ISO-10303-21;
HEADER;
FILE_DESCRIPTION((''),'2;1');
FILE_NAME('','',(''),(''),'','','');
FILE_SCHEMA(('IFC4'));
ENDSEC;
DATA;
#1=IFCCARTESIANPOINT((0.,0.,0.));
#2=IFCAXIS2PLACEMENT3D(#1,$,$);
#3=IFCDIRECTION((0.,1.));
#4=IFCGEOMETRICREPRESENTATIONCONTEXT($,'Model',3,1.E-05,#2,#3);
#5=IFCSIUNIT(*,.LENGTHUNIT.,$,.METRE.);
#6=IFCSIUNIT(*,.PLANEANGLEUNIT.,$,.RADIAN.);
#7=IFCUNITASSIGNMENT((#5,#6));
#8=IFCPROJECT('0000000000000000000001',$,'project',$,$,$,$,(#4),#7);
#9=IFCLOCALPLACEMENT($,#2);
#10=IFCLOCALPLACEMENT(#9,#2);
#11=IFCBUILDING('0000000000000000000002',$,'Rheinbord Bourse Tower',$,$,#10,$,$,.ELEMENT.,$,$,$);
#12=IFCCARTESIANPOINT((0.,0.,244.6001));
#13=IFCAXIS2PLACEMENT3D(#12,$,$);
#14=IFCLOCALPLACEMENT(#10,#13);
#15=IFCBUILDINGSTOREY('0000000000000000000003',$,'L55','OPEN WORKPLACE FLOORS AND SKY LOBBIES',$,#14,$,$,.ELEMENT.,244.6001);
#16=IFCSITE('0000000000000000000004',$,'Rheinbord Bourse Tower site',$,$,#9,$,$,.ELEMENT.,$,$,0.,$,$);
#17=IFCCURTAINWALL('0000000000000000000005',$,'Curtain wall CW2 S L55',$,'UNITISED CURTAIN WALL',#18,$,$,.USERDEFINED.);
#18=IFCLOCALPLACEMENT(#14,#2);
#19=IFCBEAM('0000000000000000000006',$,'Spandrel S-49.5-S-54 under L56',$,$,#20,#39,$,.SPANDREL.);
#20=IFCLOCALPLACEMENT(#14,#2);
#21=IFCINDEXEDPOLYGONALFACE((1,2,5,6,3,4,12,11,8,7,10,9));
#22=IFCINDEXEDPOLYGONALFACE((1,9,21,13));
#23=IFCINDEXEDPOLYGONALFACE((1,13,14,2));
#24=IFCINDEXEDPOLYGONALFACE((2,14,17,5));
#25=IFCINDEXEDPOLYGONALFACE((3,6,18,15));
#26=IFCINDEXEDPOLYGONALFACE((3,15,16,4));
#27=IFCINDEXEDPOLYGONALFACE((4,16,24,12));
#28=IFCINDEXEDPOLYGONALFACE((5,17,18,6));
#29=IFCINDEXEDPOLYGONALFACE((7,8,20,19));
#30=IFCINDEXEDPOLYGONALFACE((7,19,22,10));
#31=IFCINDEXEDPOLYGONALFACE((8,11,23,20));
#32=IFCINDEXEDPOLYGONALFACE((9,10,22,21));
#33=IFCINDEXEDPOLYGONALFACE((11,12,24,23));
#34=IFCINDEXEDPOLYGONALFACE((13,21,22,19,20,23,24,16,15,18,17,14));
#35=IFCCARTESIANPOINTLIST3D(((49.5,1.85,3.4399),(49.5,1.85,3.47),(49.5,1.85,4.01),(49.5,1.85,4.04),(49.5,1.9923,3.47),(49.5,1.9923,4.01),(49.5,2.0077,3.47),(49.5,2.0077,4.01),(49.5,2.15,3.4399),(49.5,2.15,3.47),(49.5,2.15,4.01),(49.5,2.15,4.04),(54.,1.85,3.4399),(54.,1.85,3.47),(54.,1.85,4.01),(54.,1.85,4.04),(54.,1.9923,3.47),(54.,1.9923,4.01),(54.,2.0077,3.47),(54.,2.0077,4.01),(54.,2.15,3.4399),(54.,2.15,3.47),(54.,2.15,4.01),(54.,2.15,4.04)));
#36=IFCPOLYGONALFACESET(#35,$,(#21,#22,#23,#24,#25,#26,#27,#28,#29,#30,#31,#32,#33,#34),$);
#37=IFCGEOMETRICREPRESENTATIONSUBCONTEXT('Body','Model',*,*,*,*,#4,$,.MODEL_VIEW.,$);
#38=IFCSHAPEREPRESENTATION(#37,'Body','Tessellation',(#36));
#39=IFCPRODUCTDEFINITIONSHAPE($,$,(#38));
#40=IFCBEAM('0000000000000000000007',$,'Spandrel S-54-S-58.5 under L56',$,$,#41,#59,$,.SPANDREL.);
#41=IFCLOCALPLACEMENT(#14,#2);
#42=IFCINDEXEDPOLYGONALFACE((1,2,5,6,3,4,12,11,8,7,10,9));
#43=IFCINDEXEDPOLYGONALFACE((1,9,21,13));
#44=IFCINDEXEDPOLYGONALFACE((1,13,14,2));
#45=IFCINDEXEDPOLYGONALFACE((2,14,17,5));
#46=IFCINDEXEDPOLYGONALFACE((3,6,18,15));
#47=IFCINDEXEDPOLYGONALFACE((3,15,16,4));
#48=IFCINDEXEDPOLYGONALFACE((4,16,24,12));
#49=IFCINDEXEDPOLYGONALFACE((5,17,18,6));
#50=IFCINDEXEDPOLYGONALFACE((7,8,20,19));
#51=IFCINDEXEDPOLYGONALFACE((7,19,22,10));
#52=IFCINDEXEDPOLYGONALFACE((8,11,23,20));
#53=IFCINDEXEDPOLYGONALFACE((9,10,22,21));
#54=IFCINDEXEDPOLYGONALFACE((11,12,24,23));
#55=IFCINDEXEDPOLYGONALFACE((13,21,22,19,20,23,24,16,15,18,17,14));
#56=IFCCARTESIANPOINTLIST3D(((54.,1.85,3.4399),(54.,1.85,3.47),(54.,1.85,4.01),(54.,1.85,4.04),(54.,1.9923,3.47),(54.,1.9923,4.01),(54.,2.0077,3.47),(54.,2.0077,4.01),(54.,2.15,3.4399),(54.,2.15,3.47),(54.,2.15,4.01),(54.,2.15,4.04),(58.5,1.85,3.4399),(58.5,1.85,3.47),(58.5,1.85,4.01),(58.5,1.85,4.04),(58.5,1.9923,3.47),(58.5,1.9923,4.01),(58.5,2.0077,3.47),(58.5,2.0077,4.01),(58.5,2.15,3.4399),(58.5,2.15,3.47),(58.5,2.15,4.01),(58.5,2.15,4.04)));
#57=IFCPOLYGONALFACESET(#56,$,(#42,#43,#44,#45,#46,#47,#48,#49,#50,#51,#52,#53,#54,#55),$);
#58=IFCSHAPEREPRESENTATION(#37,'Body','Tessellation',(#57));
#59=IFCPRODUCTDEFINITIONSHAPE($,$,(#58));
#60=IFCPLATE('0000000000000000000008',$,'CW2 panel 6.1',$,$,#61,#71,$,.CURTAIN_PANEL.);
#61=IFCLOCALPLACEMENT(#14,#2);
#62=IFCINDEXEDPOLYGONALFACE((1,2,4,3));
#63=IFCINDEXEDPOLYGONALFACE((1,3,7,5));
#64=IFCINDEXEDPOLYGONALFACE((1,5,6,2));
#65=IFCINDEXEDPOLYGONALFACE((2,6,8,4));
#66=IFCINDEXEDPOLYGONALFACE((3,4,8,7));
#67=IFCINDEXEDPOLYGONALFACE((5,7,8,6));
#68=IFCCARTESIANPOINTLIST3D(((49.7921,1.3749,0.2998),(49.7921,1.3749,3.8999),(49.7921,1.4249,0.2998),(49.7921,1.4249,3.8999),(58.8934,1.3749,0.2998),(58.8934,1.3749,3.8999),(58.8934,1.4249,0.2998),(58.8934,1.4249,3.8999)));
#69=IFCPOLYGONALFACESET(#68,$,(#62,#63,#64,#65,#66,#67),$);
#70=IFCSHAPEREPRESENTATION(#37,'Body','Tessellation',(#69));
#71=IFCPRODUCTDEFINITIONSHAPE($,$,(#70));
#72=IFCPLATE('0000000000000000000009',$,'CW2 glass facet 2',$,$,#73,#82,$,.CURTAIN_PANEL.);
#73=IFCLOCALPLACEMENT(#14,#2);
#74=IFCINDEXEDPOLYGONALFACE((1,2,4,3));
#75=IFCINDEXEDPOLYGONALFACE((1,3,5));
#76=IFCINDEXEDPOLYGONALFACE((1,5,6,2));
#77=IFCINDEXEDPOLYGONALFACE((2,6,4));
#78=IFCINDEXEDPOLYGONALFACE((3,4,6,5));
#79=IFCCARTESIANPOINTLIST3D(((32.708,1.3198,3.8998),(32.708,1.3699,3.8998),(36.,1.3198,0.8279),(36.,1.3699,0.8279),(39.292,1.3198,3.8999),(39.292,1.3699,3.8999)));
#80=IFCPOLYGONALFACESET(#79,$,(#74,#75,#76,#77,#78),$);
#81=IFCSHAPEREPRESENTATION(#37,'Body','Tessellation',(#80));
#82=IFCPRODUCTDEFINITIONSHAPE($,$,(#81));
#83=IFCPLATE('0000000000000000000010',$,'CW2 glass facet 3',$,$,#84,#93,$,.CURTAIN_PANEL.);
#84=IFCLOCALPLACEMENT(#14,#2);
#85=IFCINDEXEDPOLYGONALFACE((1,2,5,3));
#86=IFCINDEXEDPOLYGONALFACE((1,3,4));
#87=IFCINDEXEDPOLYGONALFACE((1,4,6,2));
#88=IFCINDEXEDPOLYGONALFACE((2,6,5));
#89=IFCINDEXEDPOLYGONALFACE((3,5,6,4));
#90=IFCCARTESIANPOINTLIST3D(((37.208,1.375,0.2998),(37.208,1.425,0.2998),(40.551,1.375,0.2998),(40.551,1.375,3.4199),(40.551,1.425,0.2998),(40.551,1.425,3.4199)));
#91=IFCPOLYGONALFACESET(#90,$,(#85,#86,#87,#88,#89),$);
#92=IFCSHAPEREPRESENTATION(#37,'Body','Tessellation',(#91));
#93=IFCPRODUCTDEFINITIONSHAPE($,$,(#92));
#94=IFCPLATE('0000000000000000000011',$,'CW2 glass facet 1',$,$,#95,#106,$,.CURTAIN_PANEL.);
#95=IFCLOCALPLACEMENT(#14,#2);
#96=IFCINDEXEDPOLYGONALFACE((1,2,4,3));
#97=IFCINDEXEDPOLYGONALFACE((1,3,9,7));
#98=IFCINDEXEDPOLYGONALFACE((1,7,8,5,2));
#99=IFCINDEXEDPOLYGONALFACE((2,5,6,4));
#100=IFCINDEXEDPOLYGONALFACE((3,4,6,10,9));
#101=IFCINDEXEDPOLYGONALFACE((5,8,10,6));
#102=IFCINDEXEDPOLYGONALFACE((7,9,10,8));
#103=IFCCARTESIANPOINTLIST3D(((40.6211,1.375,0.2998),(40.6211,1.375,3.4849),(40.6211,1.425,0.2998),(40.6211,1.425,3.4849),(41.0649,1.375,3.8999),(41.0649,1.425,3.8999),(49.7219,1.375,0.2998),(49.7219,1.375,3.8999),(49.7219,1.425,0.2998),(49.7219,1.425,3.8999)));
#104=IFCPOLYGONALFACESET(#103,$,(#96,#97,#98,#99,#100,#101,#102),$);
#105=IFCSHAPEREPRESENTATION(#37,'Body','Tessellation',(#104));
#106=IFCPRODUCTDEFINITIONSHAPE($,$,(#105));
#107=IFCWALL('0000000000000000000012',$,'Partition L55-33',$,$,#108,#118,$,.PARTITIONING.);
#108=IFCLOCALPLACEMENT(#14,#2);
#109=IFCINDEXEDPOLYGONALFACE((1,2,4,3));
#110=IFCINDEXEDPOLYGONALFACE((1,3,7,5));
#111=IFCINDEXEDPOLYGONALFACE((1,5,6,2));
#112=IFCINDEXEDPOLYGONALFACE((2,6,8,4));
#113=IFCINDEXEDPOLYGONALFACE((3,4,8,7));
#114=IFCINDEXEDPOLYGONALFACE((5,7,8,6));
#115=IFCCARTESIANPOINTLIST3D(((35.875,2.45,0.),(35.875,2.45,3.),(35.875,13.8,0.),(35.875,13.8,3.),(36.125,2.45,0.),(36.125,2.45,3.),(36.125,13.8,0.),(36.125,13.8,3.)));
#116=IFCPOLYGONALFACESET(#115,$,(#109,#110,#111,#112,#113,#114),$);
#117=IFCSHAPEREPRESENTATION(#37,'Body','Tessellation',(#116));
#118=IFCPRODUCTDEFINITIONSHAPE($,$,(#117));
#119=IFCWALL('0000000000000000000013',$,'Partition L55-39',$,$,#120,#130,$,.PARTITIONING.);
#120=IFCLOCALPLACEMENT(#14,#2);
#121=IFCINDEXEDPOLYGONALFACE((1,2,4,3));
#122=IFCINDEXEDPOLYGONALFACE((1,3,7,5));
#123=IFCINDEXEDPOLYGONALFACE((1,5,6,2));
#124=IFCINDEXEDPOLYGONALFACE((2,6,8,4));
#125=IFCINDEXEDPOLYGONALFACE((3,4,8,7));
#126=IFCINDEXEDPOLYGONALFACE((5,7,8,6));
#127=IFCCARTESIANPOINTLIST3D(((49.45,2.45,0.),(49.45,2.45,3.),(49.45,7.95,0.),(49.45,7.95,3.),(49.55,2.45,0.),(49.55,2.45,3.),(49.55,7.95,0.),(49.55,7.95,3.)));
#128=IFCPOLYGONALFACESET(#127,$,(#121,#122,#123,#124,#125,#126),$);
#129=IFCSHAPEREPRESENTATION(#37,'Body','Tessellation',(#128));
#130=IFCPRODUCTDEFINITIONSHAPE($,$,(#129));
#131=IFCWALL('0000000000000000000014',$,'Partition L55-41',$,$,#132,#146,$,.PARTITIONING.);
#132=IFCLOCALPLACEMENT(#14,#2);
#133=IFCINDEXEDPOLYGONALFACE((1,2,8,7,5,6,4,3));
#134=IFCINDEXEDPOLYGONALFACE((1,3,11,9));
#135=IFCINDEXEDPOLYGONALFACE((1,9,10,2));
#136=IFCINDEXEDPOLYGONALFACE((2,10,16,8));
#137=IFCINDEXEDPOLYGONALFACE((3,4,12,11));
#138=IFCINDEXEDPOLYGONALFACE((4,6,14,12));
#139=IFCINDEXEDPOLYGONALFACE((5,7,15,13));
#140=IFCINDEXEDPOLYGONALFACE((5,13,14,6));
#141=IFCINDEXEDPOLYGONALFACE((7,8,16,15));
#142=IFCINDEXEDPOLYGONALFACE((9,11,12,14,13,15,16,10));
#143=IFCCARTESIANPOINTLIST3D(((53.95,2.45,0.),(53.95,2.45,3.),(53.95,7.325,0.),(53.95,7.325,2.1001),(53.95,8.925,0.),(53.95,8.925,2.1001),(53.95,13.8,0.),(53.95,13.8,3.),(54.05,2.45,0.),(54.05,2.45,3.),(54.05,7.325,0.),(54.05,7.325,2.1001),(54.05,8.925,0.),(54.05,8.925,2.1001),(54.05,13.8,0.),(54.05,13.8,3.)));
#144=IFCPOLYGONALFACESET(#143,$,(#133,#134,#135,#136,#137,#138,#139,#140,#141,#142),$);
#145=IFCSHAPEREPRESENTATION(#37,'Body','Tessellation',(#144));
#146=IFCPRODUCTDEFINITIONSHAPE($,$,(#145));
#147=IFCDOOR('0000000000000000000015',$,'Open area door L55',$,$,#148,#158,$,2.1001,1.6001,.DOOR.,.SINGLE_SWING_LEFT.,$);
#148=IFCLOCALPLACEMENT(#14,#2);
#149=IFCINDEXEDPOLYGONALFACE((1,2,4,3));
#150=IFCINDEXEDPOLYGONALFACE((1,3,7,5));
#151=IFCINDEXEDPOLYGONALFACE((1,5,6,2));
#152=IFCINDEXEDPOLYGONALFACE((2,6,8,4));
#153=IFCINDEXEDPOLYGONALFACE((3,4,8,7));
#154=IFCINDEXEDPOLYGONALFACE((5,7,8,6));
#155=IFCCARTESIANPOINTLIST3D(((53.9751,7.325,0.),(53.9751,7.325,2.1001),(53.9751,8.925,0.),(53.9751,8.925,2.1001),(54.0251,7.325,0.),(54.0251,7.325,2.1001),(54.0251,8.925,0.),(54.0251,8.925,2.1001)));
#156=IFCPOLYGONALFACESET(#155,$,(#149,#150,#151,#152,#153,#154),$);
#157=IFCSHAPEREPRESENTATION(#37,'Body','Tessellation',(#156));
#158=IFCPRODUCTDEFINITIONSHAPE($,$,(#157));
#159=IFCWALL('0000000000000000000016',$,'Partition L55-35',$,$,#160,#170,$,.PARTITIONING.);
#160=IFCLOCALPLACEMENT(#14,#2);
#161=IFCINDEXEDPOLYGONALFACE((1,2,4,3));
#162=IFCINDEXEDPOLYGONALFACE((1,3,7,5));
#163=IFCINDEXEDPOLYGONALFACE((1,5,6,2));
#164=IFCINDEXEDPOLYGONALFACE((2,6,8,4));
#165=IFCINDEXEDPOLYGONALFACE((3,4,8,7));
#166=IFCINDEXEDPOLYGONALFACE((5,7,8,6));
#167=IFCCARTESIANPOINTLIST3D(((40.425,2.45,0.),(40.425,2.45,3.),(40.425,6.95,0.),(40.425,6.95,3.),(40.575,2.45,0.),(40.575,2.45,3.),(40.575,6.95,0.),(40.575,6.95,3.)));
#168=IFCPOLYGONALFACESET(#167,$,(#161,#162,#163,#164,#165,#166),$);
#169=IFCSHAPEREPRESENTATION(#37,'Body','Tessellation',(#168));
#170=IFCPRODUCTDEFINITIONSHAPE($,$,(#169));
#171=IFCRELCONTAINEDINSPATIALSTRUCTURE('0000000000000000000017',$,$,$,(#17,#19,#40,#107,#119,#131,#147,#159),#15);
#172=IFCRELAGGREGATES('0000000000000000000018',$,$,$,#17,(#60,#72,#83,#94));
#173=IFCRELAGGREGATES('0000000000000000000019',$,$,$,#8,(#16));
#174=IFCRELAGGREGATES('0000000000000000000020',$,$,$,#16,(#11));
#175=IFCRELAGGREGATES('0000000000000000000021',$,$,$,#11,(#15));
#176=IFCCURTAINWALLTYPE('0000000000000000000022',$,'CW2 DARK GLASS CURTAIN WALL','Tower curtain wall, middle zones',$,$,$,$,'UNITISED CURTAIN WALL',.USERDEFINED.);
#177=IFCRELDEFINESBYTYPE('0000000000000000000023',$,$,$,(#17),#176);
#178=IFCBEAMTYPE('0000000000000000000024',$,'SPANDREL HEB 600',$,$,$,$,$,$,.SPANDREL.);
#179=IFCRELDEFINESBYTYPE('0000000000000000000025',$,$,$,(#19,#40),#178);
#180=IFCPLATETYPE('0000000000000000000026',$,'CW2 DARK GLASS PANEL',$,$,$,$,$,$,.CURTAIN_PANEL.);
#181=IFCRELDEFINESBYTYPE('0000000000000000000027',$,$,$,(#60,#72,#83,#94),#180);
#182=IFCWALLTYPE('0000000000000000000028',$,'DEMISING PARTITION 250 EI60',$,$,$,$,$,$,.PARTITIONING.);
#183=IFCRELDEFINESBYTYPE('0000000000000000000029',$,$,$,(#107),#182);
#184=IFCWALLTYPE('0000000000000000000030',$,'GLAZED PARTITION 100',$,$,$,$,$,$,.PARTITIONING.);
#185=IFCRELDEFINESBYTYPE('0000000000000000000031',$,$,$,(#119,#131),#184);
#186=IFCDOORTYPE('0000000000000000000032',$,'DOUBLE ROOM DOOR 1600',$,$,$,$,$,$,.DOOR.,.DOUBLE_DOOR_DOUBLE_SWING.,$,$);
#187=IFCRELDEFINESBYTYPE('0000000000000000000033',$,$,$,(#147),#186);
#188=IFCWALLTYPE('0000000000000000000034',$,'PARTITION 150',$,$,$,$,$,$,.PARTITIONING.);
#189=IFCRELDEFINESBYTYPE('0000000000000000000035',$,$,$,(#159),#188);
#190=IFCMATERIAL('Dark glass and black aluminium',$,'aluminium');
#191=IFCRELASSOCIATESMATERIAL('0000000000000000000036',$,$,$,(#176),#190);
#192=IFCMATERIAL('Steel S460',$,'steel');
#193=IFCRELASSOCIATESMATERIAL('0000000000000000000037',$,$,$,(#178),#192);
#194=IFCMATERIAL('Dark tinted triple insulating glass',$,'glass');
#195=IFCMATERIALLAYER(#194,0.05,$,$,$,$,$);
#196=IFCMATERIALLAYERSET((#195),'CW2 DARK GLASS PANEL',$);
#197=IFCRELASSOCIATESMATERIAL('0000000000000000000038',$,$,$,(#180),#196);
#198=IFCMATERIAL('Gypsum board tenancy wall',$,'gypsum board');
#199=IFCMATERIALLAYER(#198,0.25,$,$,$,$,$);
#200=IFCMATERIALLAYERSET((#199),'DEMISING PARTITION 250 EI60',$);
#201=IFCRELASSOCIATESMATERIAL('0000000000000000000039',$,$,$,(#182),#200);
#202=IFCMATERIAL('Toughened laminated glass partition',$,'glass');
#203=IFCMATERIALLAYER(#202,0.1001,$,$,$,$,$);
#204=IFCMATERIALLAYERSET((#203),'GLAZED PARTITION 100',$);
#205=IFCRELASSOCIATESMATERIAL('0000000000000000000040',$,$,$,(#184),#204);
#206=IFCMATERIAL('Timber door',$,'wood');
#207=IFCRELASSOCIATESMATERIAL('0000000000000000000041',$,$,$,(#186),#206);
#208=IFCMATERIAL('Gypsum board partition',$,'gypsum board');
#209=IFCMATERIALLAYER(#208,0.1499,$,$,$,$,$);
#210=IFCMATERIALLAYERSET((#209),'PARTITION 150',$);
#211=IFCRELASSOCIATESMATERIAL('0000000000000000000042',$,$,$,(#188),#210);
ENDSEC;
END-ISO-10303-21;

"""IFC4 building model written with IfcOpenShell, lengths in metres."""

from ifc_helpers import new_model, si_unit, direction, frame, frame_2d, origin, origin_2d, place, context, subcontext, project, spatial, polyline, rectangle, i_section, outline, extrude, material, layer, layer_set, material_profile, profile_set, type_object, element, fill, aggregate, save


model = new_model("IFC4")

# Units and contexts
model_context = context("Model", 3, precision=1e-05, world=origin(), true_north=direction((0.0, 1.0)))
body_context = subcontext(model_context, "Body", "Model", "MODEL_VIEW")
ifc_project = project(units=[si_unit("LENGTHUNIT", "METRE"), si_unit("PLANEANGLEUNIT", "RADIAN")], contexts=[model_context])

# Site, building, storey
site_placement = place(None, origin())
site = spatial("IfcSite", under=ifc_project, at=site_placement, Name="Rheinbord Bourse Tower site", CompositionType="ELEMENT", RefElevation=0.0)
building_placement = place(site_placement, origin())
building = spatial("IfcBuilding", under=site, at=building_placement, Name="Rheinbord Bourse Tower", CompositionType="ELEMENT")
storey_placement = place(building_placement, frame((0.0, 0.0, 244.6001)))
storey = spatial("IfcBuildingStorey", under=building, at=storey_placement, Name="L55", Description="OPEN WORKPLACE FLOORS AND SKY LOBBIES", CompositionType="ELEMENT", Elevation=244.6001)

# Curtain wall
ifc_material_1 = material(Name="Dark glass and black aluminium", Category="aluminium")
curtain_wall_type = type_object("IfcCurtainWallType", Name="CW2 DARK GLASS CURTAIN WALL", Description="Tower curtain wall, middle zones", ElementType="UNITISED CURTAIN WALL", PredefinedType="USERDEFINED", material=ifc_material_1)
curtain_wall_placement = place(storey_placement, origin())
curtain_wall = element("IfcCurtainWall", 1, at=curtain_wall_placement, inside=storey, type_object=curtain_wall_type, Name="Curtain wall CW2 S L55", ObjectType="UNITISED CURTAIN WALL", PredefinedType="USERDEFINED")

# Beams
ifc_material_2 = material(Name="Steel S460", Category="steel")
ifc_material_profile_1 = material_profile(ifc_material_2, i_section(OverallWidth=0.3, OverallDepth=0.6001, WebThickness=0.0154, FlangeThickness=0.03, at=origin_2d()), Name="HEB 600")
ifc_profile_set_1 = profile_set([ifc_material_profile_1], Name="Steel S460")
beam_type_1 = type_object("IfcBeamType", Name="SPANDREL HEB 600", PredefinedType="SPANDREL", material=ifc_profile_set_1)
for number, where, z_axis, x_axis, name in (
    (2, (49.5, 2.0, 3.74), (1.0, 0.0, 0.0), (0.0, 1.0, 0.0), "Spandrel S-49.5-S-54 under L56"),
    (3, (54.0, 2.0, 3.74), (1.0, 0.0, 0.0), (0.0, 1.0, 0.0), "Spandrel S-54-S-58.5 under L56"),
):
    element("IfcBeam", number, at=place(storey_placement, frame(where, z_axis=z_axis, x_axis=x_axis)), inside=storey, type_object=beam_type_1, Name=name, PredefinedType="SPANDREL", context=body_context, shape_type="SweptSolid", body=[
        extrude(i_section(OverallWidth=0.3, OverallDepth=0.6001, WebThickness=0.0154, FlangeThickness=0.03, at=origin_2d()), origin(), (0.0, 0.0, 1.0), 4.5),
    ])

# Plates
ifc_material_3 = material(Name="Dark tinted triple insulating glass", Category="glass")
ifc_layer_1 = layer(ifc_material_3, 0.05)
ifc_layer_set_1 = layer_set([ifc_layer_1], Name="CW2 DARK GLASS PANEL")
plate_type = type_object("IfcPlateType", Name="CW2 DARK GLASS PANEL", PredefinedType="CURTAIN_PANEL", material=ifc_layer_set_1)
plate_1_placement = place(storey_placement, frame((54.3428, 1.3999, 0.2998), z_axis=(0.0, 0.0, 1.0), x_axis=(1.0, 0.0, 0.0)))
plate_1 = element("IfcPlate", 4, at=plate_1_placement, type_object=plate_type, Name="CW2 panel 6.1", PredefinedType="CURTAIN_PANEL", context=body_context, shape_type="SweptSolid", body=[
    extrude(rectangle(XDim=9.1013, YDim=0.05, at=origin_2d()), origin(), (0.0, 0.0, 1.0), 3.6001),
])
plate_2_placement = place(storey_placement, frame((39.292, 1.3198, 3.8999), z_axis=(0.0, 1.0, 0.0), x_axis=(-0.731111, 0.0, -0.682258)))
plate_2 = element("IfcPlate", 5, at=plate_2_placement, type_object=plate_type, Name="CW2 glass facet 2", PredefinedType="CURTAIN_PANEL", context=body_context, shape_type="SweptSolid", body=[
    extrude(outline(polyline([(0.0, 0.0), (4.5027, 0.0), (4.8137, 4.4919), (0.0, 0.0)])), origin(), (0.0, 0.0, 1.0), 0.05),
])
plate_3_placement = place(storey_placement, frame((40.551, 1.375, 0.2998), z_axis=(0.0, 1.0, 0.0), x_axis=(-1.0, 0.0, 0.0)))
plate_3 = element("IfcPlate", 6, at=plate_3_placement, type_object=plate_type, Name="CW2 glass facet 3", PredefinedType="CURTAIN_PANEL", context=body_context, shape_type="SweptSolid", body=[
    extrude(outline(polyline([(0.0, 0.0), (3.343, 0.0), (0.0, 3.1201), (0.0, 0.0)])), origin(), (0.0, 0.0, 1.0), 0.05),
])
plate_4_placement = place(storey_placement, frame((49.7219, 1.375, 3.8999), z_axis=(0.0, 1.0, 0.0), x_axis=(0.0, 0.0, -1.0)))
plate_4 = element("IfcPlate", 7, at=plate_4_placement, type_object=plate_type, Name="CW2 glass facet 1", PredefinedType="CURTAIN_PANEL", context=body_context, shape_type="SweptSolid", body=[
    extrude(outline(polyline([(0.0, 0.0), (3.6001, 0.0), (3.6001, 9.1008), (0.415, 9.1008), (0.0, 8.657), (0.0, 0.0)])), origin(), (0.0, 0.0, 1.0), 0.05),
])
aggregate(curtain_wall, [plate_1, plate_2, plate_3, plate_4])

# Walls
ifc_material_4 = material(Name="Gypsum board tenancy wall", Category="gypsum board")
ifc_layer_2 = layer(ifc_material_4, 0.25)
ifc_layer_set_2 = layer_set([ifc_layer_2], Name="DEMISING PARTITION 250 EI60")
wall_type_1 = type_object("IfcWallType", Name="DEMISING PARTITION 250 EI60", PredefinedType="PARTITIONING", material=ifc_layer_set_2)
wall_1_placement = place(storey_placement, frame((36.0, 2.45, 0.0), z_axis=(0.0, 0.0, 1.0), x_axis=(0.0, 1.0, 0.0)))
element("IfcWall", 8, at=wall_1_placement, inside=storey, type_object=wall_type_1, Name="Partition L55-33", PredefinedType="PARTITIONING", context=body_context, shape_type="SweptSolid", body=[
    extrude(rectangle(XDim=11.3501, YDim=0.25, at=frame_2d((5.675, 0.0))), origin(), (0.0, 0.0, 1.0), 3.0),
])
ifc_material_5 = material(Name="Toughened laminated glass partition", Category="glass")
ifc_layer_3 = layer(ifc_material_5, 0.1001)
ifc_layer_set_3 = layer_set([ifc_layer_3], Name="GLAZED PARTITION 100")
wall_type_2 = type_object("IfcWallType", Name="GLAZED PARTITION 100", PredefinedType="PARTITIONING", material=ifc_layer_set_3)
wall_2_placement = place(storey_placement, frame((49.5, 2.45, 0.0), z_axis=(0.0, 0.0, 1.0), x_axis=(0.0, 1.0, 0.0)))
element("IfcWall", 9, at=wall_2_placement, inside=storey, type_object=wall_type_2, Name="Partition L55-39", PredefinedType="PARTITIONING", context=body_context, shape_type="SweptSolid", body=[
    extrude(rectangle(XDim=5.5, YDim=0.1001, at=frame_2d((2.75, 0.0))), origin(), (0.0, 0.0, 1.0), 3.0),
])

# Wall, opening, door
wall_3_placement = place(storey_placement, frame((54.0, 2.45, 0.0), z_axis=(0.0, 0.0, 1.0), x_axis=(0.0, 1.0, 0.0)))
wall_3 = element("IfcWall", 10, at=wall_3_placement, inside=storey, type_object=wall_type_2, Name="Partition L55-41", PredefinedType="PARTITIONING", context=body_context, shape_type="SweptSolid", body=[
    extrude(rectangle(XDim=11.3501, YDim=0.1001, at=frame_2d((5.675, 0.0))), origin(), (0.0, 0.0, 1.0), 3.0),
])
opening_placement = place(wall_3_placement, frame((4.875, 0.0, 0.0)))
opening = element("IfcOpeningElement", 11, at=opening_placement, cuts=wall_3, PredefinedType="OPENING", context=body_context, shape_type="SweptSolid", body=[
    extrude(rectangle(XDim=1.6001, YDim=2.1001, at=frame_2d((0.8, 1.05))), frame((0.0, 0.0601, 0.0), z_axis=(0.0, -1.0, 0.0), x_axis=(1.0, 0.0, 0.0)), (0.0, 0.0, 1.0), 0.1201),
])
ifc_material_6 = material(Name="Timber door", Category="wood")
door_type = type_object("IfcDoorType", Name="DOUBLE ROOM DOOR 1600", OperationType="DOUBLE_DOOR_DOUBLE_SWING", PredefinedType="DOOR", material=ifc_material_6)
door_placement = place(opening_placement, origin())
door = element("IfcDoor", 12, at=door_placement, inside=storey, type_object=door_type, Name="Open area door L55", OperationType="SINGLE_SWING_LEFT", OverallHeight=2.1001, OverallWidth=1.6001, PredefinedType="DOOR", context=body_context, shape_type="SweptSolid", body=[
    extrude(rectangle(XDim=1.6001, YDim=2.1001, at=frame_2d((0.8, 1.05))), frame((0.0, 0.0249, 0.0), z_axis=(0.0, -1.0, 0.0), x_axis=(1.0, 0.0, 0.0)), (0.0, 0.0, 1.0), 0.05),
])
fill(opening, door)

# Wall
ifc_material_7 = material(Name="Gypsum board partition", Category="gypsum board")
ifc_layer_4 = layer(ifc_material_7, 0.1499)
ifc_layer_set_4 = layer_set([ifc_layer_4], Name="PARTITION 150")
wall_type_3 = type_object("IfcWallType", Name="PARTITION 150", PredefinedType="PARTITIONING", material=ifc_layer_set_4)
wall_4_placement = place(storey_placement, frame((40.5, 2.45, 0.0), z_axis=(0.0, 0.0, 1.0), x_axis=(0.0, 1.0, 0.0)))
element("IfcWall", 13, at=wall_4_placement, inside=storey, type_object=wall_type_3, Name="Partition L55-35", PredefinedType="PARTITIONING", context=body_context, shape_type="SweptSolid", body=[
    extrude(rectangle(XDim=4.5, YDim=0.1499, at=frame_2d((2.25, 0.0))), origin(), (0.0, 0.0, 1.0), 3.0),
])

save(model, "model.ifc")
